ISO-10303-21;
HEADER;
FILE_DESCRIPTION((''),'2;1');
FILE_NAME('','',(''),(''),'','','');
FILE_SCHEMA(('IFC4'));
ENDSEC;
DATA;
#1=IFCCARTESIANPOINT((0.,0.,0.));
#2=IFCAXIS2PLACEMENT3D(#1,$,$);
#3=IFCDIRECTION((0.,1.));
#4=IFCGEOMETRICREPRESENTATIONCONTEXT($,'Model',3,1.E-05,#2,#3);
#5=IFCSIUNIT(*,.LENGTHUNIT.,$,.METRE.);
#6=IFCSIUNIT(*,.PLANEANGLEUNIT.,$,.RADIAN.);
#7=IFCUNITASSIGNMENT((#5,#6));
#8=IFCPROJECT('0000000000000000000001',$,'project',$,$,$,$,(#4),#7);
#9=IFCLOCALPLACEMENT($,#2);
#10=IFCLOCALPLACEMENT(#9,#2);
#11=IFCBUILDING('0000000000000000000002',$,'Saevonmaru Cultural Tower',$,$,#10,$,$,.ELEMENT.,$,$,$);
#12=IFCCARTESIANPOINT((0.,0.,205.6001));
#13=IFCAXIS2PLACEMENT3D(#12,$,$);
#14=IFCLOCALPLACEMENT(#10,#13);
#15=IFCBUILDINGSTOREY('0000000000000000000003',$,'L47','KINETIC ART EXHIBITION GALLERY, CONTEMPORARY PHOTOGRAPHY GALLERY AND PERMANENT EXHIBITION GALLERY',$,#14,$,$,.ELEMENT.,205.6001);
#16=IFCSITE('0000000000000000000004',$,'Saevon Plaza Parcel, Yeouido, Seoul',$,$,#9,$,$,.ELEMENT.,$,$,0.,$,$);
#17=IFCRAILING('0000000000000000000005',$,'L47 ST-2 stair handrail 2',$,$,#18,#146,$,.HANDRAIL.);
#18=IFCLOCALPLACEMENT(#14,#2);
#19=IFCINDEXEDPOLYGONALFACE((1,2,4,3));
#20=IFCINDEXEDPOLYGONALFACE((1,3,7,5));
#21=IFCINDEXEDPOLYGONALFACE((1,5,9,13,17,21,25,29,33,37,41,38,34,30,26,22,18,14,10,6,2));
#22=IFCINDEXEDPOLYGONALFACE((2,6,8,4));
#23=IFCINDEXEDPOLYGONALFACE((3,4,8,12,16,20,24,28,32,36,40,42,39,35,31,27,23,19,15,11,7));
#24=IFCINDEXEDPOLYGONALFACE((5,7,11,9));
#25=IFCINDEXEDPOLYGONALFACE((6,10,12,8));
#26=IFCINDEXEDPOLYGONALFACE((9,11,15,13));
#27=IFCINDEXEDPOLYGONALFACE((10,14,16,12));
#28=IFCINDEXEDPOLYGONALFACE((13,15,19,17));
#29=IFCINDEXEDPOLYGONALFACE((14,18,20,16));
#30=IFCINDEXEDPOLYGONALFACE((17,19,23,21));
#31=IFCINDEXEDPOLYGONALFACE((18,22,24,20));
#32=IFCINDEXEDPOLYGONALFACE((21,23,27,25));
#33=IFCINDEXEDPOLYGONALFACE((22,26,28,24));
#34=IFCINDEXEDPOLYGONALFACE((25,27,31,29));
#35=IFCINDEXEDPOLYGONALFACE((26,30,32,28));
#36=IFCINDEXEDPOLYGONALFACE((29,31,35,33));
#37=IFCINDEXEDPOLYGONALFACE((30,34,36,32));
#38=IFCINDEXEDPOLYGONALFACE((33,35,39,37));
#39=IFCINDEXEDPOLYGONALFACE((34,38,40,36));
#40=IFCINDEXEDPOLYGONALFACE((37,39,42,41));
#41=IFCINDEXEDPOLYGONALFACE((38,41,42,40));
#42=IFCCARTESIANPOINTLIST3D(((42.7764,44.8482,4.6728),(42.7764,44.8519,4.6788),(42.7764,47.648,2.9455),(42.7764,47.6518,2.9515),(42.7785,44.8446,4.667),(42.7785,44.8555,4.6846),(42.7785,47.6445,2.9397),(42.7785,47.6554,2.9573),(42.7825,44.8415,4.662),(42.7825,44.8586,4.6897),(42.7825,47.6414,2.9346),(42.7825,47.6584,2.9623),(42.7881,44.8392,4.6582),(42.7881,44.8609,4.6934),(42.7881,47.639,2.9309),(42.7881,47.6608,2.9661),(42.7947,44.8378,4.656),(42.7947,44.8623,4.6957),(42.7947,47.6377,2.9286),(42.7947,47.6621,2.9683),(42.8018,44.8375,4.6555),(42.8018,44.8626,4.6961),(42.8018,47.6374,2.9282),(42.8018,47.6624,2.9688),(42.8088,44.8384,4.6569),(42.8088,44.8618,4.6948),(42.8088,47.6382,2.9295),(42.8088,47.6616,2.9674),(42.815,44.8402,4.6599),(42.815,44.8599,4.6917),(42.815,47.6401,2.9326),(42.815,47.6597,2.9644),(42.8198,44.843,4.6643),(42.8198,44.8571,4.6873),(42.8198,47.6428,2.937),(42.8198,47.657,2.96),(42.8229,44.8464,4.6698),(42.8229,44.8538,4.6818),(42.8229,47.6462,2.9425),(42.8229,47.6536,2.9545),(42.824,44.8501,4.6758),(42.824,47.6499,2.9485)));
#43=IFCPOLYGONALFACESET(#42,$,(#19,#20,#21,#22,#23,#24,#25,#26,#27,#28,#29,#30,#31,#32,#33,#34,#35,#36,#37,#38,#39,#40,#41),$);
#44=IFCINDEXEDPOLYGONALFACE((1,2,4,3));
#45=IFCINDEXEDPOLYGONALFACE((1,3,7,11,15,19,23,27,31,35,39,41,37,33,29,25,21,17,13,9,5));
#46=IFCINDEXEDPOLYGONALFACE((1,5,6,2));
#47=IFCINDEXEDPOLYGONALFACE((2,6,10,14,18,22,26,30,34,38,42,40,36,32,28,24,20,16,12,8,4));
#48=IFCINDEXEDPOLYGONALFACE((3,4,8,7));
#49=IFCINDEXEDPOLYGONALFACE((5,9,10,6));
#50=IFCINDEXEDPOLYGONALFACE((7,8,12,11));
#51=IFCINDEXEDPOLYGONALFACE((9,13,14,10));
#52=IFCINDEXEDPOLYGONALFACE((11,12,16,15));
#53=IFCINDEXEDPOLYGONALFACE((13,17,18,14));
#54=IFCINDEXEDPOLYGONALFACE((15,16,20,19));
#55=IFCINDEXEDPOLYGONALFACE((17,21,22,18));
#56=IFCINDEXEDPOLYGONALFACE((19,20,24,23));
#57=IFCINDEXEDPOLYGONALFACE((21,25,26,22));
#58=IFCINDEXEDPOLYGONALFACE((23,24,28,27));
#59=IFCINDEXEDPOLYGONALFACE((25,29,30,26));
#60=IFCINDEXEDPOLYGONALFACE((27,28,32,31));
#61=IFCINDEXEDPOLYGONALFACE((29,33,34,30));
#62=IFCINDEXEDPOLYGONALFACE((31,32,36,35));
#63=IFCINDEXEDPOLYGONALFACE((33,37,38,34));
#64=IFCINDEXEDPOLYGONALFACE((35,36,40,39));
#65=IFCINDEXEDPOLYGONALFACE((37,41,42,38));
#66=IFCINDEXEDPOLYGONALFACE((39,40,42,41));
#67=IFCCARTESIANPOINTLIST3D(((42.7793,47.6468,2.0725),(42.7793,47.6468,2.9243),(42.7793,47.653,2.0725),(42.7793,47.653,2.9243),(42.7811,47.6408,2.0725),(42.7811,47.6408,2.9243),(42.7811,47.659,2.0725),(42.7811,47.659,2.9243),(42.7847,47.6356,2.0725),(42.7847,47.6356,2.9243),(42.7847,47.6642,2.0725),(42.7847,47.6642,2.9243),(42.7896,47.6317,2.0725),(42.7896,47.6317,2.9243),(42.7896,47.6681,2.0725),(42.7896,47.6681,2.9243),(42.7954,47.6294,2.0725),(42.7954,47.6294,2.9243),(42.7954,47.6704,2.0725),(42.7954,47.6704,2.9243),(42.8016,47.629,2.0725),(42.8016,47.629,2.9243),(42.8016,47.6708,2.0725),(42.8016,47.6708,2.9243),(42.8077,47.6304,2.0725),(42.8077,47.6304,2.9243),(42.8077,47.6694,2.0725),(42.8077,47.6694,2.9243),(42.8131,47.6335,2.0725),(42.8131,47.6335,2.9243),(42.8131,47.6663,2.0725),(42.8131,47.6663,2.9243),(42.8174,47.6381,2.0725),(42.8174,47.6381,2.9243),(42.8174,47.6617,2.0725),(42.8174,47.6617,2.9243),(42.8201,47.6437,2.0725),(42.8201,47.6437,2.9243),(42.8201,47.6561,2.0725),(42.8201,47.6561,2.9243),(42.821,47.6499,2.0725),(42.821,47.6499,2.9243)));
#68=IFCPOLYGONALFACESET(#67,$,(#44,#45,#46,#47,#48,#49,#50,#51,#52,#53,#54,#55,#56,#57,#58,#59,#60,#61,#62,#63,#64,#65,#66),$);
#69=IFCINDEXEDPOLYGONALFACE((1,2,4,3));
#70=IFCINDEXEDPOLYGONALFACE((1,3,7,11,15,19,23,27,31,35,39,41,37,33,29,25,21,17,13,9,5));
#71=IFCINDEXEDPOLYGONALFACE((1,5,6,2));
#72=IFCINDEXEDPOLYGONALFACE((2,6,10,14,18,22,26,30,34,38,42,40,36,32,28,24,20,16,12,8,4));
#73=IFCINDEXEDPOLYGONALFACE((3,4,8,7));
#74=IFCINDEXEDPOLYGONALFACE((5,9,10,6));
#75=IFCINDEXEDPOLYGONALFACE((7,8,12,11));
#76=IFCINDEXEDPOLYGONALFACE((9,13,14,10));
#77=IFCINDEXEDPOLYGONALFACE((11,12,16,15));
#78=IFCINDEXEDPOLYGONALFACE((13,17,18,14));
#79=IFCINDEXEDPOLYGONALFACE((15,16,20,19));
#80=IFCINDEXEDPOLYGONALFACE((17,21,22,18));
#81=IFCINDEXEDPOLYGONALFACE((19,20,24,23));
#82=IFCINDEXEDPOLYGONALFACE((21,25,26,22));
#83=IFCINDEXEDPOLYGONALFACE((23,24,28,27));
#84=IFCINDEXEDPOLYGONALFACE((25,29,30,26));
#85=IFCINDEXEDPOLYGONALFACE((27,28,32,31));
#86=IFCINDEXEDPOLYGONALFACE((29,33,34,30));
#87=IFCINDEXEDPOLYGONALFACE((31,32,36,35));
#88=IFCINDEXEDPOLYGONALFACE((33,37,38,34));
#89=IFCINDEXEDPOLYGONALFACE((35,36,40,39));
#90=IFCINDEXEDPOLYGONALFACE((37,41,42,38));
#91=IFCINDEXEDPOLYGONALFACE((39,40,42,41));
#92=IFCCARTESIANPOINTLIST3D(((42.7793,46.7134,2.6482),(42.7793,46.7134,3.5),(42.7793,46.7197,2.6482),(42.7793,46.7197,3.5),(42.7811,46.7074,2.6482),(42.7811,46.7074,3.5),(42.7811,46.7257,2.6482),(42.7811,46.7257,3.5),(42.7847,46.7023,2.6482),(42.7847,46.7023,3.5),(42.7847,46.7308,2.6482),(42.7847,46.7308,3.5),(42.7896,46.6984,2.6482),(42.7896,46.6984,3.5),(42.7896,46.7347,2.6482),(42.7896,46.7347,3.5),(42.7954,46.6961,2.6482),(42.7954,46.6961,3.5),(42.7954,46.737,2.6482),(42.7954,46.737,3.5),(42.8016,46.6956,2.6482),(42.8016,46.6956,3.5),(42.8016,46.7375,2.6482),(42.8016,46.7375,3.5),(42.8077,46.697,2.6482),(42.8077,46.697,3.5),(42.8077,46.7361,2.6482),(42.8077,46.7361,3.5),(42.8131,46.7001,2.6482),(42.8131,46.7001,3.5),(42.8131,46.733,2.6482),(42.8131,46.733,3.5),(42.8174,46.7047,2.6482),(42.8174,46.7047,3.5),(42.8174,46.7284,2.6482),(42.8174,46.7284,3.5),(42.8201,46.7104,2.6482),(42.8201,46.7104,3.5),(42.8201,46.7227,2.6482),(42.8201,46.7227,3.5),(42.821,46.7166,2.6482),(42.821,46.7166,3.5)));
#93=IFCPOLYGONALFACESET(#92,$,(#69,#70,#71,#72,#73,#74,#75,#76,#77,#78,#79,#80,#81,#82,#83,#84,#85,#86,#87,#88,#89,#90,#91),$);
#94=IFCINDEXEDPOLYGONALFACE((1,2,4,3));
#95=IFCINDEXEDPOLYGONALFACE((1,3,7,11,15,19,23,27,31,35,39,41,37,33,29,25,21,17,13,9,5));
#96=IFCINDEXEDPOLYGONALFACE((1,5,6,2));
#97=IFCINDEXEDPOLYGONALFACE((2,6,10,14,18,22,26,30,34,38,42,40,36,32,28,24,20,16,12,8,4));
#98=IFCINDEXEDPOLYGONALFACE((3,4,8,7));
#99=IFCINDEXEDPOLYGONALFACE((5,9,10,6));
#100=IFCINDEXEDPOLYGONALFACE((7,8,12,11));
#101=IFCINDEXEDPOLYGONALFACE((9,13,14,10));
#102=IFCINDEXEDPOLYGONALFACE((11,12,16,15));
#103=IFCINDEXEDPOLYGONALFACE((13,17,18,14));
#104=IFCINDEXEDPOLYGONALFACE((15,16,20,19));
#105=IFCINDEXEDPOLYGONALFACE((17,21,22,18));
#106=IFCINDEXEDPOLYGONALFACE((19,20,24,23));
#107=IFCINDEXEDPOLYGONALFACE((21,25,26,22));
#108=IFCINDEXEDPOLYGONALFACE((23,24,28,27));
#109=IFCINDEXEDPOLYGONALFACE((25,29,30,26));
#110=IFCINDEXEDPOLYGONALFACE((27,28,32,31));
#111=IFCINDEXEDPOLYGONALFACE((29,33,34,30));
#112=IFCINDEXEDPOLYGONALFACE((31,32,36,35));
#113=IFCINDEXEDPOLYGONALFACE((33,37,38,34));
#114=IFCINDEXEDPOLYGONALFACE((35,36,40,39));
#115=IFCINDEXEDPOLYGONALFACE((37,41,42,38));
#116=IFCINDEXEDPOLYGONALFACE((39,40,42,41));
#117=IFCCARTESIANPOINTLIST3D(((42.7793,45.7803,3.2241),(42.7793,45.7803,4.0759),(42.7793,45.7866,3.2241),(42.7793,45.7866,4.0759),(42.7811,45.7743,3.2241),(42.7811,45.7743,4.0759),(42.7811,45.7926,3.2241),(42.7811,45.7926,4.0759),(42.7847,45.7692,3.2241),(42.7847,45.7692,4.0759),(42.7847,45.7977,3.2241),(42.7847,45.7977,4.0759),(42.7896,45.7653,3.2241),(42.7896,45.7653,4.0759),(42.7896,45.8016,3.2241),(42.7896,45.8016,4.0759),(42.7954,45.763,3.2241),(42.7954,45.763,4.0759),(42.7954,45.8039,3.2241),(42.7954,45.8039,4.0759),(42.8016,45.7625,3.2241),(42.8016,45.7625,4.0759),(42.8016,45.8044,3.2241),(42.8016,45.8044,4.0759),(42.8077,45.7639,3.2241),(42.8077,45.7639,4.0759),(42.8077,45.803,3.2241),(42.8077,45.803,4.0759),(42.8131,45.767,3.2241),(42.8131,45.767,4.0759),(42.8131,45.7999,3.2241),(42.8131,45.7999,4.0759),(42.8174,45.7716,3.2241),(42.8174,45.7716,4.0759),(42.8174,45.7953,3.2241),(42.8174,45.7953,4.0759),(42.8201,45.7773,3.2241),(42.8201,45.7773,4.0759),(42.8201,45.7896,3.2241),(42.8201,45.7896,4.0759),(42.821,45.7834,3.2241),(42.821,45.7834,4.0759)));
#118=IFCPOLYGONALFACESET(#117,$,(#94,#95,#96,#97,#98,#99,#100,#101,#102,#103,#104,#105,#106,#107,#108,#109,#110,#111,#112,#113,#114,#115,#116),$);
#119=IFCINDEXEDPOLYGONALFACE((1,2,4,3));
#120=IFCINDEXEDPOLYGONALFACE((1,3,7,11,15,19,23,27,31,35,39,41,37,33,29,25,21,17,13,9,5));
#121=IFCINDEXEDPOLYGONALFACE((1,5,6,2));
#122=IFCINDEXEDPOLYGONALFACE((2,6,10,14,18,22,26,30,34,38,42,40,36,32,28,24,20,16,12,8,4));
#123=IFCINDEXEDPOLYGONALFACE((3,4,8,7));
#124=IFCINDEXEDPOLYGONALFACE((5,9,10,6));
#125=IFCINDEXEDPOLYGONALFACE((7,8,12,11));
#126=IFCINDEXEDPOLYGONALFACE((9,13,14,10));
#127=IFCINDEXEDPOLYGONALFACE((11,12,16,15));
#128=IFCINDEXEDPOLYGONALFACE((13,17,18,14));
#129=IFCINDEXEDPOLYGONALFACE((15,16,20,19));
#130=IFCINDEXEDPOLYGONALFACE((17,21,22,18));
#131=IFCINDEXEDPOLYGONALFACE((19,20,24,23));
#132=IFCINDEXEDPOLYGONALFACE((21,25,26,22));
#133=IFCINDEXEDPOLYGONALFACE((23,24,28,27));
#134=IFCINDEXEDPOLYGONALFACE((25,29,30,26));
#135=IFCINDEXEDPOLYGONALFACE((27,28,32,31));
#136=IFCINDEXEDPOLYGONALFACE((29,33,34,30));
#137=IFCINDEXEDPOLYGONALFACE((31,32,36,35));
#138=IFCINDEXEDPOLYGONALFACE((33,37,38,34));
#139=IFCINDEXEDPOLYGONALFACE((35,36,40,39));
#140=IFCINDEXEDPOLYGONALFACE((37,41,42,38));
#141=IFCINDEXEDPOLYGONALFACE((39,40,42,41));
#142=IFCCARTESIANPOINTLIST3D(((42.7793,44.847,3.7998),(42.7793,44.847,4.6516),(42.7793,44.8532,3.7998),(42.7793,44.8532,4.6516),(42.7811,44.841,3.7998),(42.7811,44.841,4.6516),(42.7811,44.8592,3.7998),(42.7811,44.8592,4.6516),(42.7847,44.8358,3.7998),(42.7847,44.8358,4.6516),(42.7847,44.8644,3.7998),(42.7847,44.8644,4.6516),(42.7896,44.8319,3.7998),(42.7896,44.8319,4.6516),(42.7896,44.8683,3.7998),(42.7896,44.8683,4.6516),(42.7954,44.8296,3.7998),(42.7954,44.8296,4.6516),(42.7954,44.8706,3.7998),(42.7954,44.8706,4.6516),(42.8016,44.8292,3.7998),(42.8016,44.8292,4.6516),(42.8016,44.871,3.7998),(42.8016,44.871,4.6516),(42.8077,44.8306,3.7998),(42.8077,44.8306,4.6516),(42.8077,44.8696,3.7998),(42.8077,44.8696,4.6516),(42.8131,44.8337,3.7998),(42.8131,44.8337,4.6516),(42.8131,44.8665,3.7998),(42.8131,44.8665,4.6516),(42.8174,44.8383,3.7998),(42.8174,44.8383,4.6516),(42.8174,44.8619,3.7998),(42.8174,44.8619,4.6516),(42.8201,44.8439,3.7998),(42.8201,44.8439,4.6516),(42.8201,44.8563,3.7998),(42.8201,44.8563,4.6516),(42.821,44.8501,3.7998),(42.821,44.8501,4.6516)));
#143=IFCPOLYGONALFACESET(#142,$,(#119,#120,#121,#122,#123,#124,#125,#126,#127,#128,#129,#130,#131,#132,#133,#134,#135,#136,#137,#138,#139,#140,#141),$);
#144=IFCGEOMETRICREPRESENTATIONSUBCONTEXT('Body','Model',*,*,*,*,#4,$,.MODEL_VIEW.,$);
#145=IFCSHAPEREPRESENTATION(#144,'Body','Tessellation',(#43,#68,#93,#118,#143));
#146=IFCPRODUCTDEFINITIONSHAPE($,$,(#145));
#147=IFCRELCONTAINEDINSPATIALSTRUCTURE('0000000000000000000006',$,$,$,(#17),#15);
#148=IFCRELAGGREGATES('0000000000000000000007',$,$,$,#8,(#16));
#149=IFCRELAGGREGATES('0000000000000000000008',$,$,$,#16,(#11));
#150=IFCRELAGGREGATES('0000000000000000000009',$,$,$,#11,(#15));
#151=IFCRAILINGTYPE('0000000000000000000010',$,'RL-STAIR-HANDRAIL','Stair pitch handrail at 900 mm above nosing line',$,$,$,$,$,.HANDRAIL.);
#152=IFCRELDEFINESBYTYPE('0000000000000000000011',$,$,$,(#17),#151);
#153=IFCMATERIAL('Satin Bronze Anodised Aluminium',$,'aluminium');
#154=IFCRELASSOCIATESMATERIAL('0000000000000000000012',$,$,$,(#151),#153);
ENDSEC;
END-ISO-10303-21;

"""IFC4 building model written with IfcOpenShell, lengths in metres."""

from ifc_helpers import new_model, si_unit, direction, frame, origin, origin_2d, place, context, subcontext, project, spatial, circle, extrude, material, type_object, element, save


model = new_model("IFC4")

# Units and contexts
model_context = context("Model", 3, precision=1e-05, world=origin(), true_north=direction((0.0, 1.0)))
body_context = subcontext(model_context, "Body", "Model", "MODEL_VIEW")
ifc_project = project(units=[si_unit("LENGTHUNIT", "METRE"), si_unit("PLANEANGLEUNIT", "RADIAN")], contexts=[model_context])

# Site, building, storey
site_placement = place(None, origin())
site = spatial("IfcSite", under=ifc_project, at=site_placement, Name="Saevon Plaza Parcel, Yeouido, Seoul", CompositionType="ELEMENT", RefElevation=0.0)
building_placement = place(site_placement, origin())
building = spatial("IfcBuilding", under=site, at=building_placement, Name="Saevonmaru Cultural Tower", CompositionType="ELEMENT")
storey_placement = place(building_placement, frame((0.0, 0.0, 205.6001)))
storey = spatial("IfcBuildingStorey", under=building, at=storey_placement, Name="L47", Description="KINETIC ART EXHIBITION GALLERY, CONTEMPORARY PHOTOGRAPHY GALLERY AND PERMANENT EXHIBITION GALLERY", CompositionType="ELEMENT", Elevation=205.6001)

# Shared definitions
ifc_material_1 = material(Name="Satin Bronze Anodised Aluminium", Category="aluminium")

# Railing
railing_type = type_object("IfcRailingType", Name="RL-STAIR-HANDRAIL", Description="Stair pitch handrail at 900 mm above nosing line", PredefinedType="HANDRAIL", material=ifc_material_1)
railing_placement = place(storey_placement, frame((42.8, 47.6499, 2.0725)))
element("IfcRailing", 1, at=railing_placement, inside=storey, type_object=railing_type, Name="L47 ST-2 stair handrail 2", PredefinedType="HANDRAIL", context=body_context, shape_type="SweptSolid", body=[
    extrude(circle(Radius=0.0239, at=origin_2d()), frame((0.0, 0.0, 0.876), z_axis=(0.0, -0.851069, 0.525054), x_axis=(1.0, 0.0, 0.0)), (0.0, 0.0, 1.0), 3.2898),
    extrude(circle(Radius=0.021, at=origin_2d()), origin(), (0.0, 0.0, 1.0), 0.8518),
    extrude(circle(Radius=0.021, at=origin_2d()), frame((0.0, -0.9333, 0.5757)), (0.0, 0.0, 1.0), 0.8518),
    extrude(circle(Radius=0.021, at=origin_2d()), frame((0.0, -1.8665, 1.1516)), (0.0, 0.0, 1.0), 0.8518),
    extrude(circle(Radius=0.021, at=origin_2d()), frame((0.0, -2.7998, 1.7273)), (0.0, 0.0, 1.0), 0.8518),
])

save(model, "model.ifc")
